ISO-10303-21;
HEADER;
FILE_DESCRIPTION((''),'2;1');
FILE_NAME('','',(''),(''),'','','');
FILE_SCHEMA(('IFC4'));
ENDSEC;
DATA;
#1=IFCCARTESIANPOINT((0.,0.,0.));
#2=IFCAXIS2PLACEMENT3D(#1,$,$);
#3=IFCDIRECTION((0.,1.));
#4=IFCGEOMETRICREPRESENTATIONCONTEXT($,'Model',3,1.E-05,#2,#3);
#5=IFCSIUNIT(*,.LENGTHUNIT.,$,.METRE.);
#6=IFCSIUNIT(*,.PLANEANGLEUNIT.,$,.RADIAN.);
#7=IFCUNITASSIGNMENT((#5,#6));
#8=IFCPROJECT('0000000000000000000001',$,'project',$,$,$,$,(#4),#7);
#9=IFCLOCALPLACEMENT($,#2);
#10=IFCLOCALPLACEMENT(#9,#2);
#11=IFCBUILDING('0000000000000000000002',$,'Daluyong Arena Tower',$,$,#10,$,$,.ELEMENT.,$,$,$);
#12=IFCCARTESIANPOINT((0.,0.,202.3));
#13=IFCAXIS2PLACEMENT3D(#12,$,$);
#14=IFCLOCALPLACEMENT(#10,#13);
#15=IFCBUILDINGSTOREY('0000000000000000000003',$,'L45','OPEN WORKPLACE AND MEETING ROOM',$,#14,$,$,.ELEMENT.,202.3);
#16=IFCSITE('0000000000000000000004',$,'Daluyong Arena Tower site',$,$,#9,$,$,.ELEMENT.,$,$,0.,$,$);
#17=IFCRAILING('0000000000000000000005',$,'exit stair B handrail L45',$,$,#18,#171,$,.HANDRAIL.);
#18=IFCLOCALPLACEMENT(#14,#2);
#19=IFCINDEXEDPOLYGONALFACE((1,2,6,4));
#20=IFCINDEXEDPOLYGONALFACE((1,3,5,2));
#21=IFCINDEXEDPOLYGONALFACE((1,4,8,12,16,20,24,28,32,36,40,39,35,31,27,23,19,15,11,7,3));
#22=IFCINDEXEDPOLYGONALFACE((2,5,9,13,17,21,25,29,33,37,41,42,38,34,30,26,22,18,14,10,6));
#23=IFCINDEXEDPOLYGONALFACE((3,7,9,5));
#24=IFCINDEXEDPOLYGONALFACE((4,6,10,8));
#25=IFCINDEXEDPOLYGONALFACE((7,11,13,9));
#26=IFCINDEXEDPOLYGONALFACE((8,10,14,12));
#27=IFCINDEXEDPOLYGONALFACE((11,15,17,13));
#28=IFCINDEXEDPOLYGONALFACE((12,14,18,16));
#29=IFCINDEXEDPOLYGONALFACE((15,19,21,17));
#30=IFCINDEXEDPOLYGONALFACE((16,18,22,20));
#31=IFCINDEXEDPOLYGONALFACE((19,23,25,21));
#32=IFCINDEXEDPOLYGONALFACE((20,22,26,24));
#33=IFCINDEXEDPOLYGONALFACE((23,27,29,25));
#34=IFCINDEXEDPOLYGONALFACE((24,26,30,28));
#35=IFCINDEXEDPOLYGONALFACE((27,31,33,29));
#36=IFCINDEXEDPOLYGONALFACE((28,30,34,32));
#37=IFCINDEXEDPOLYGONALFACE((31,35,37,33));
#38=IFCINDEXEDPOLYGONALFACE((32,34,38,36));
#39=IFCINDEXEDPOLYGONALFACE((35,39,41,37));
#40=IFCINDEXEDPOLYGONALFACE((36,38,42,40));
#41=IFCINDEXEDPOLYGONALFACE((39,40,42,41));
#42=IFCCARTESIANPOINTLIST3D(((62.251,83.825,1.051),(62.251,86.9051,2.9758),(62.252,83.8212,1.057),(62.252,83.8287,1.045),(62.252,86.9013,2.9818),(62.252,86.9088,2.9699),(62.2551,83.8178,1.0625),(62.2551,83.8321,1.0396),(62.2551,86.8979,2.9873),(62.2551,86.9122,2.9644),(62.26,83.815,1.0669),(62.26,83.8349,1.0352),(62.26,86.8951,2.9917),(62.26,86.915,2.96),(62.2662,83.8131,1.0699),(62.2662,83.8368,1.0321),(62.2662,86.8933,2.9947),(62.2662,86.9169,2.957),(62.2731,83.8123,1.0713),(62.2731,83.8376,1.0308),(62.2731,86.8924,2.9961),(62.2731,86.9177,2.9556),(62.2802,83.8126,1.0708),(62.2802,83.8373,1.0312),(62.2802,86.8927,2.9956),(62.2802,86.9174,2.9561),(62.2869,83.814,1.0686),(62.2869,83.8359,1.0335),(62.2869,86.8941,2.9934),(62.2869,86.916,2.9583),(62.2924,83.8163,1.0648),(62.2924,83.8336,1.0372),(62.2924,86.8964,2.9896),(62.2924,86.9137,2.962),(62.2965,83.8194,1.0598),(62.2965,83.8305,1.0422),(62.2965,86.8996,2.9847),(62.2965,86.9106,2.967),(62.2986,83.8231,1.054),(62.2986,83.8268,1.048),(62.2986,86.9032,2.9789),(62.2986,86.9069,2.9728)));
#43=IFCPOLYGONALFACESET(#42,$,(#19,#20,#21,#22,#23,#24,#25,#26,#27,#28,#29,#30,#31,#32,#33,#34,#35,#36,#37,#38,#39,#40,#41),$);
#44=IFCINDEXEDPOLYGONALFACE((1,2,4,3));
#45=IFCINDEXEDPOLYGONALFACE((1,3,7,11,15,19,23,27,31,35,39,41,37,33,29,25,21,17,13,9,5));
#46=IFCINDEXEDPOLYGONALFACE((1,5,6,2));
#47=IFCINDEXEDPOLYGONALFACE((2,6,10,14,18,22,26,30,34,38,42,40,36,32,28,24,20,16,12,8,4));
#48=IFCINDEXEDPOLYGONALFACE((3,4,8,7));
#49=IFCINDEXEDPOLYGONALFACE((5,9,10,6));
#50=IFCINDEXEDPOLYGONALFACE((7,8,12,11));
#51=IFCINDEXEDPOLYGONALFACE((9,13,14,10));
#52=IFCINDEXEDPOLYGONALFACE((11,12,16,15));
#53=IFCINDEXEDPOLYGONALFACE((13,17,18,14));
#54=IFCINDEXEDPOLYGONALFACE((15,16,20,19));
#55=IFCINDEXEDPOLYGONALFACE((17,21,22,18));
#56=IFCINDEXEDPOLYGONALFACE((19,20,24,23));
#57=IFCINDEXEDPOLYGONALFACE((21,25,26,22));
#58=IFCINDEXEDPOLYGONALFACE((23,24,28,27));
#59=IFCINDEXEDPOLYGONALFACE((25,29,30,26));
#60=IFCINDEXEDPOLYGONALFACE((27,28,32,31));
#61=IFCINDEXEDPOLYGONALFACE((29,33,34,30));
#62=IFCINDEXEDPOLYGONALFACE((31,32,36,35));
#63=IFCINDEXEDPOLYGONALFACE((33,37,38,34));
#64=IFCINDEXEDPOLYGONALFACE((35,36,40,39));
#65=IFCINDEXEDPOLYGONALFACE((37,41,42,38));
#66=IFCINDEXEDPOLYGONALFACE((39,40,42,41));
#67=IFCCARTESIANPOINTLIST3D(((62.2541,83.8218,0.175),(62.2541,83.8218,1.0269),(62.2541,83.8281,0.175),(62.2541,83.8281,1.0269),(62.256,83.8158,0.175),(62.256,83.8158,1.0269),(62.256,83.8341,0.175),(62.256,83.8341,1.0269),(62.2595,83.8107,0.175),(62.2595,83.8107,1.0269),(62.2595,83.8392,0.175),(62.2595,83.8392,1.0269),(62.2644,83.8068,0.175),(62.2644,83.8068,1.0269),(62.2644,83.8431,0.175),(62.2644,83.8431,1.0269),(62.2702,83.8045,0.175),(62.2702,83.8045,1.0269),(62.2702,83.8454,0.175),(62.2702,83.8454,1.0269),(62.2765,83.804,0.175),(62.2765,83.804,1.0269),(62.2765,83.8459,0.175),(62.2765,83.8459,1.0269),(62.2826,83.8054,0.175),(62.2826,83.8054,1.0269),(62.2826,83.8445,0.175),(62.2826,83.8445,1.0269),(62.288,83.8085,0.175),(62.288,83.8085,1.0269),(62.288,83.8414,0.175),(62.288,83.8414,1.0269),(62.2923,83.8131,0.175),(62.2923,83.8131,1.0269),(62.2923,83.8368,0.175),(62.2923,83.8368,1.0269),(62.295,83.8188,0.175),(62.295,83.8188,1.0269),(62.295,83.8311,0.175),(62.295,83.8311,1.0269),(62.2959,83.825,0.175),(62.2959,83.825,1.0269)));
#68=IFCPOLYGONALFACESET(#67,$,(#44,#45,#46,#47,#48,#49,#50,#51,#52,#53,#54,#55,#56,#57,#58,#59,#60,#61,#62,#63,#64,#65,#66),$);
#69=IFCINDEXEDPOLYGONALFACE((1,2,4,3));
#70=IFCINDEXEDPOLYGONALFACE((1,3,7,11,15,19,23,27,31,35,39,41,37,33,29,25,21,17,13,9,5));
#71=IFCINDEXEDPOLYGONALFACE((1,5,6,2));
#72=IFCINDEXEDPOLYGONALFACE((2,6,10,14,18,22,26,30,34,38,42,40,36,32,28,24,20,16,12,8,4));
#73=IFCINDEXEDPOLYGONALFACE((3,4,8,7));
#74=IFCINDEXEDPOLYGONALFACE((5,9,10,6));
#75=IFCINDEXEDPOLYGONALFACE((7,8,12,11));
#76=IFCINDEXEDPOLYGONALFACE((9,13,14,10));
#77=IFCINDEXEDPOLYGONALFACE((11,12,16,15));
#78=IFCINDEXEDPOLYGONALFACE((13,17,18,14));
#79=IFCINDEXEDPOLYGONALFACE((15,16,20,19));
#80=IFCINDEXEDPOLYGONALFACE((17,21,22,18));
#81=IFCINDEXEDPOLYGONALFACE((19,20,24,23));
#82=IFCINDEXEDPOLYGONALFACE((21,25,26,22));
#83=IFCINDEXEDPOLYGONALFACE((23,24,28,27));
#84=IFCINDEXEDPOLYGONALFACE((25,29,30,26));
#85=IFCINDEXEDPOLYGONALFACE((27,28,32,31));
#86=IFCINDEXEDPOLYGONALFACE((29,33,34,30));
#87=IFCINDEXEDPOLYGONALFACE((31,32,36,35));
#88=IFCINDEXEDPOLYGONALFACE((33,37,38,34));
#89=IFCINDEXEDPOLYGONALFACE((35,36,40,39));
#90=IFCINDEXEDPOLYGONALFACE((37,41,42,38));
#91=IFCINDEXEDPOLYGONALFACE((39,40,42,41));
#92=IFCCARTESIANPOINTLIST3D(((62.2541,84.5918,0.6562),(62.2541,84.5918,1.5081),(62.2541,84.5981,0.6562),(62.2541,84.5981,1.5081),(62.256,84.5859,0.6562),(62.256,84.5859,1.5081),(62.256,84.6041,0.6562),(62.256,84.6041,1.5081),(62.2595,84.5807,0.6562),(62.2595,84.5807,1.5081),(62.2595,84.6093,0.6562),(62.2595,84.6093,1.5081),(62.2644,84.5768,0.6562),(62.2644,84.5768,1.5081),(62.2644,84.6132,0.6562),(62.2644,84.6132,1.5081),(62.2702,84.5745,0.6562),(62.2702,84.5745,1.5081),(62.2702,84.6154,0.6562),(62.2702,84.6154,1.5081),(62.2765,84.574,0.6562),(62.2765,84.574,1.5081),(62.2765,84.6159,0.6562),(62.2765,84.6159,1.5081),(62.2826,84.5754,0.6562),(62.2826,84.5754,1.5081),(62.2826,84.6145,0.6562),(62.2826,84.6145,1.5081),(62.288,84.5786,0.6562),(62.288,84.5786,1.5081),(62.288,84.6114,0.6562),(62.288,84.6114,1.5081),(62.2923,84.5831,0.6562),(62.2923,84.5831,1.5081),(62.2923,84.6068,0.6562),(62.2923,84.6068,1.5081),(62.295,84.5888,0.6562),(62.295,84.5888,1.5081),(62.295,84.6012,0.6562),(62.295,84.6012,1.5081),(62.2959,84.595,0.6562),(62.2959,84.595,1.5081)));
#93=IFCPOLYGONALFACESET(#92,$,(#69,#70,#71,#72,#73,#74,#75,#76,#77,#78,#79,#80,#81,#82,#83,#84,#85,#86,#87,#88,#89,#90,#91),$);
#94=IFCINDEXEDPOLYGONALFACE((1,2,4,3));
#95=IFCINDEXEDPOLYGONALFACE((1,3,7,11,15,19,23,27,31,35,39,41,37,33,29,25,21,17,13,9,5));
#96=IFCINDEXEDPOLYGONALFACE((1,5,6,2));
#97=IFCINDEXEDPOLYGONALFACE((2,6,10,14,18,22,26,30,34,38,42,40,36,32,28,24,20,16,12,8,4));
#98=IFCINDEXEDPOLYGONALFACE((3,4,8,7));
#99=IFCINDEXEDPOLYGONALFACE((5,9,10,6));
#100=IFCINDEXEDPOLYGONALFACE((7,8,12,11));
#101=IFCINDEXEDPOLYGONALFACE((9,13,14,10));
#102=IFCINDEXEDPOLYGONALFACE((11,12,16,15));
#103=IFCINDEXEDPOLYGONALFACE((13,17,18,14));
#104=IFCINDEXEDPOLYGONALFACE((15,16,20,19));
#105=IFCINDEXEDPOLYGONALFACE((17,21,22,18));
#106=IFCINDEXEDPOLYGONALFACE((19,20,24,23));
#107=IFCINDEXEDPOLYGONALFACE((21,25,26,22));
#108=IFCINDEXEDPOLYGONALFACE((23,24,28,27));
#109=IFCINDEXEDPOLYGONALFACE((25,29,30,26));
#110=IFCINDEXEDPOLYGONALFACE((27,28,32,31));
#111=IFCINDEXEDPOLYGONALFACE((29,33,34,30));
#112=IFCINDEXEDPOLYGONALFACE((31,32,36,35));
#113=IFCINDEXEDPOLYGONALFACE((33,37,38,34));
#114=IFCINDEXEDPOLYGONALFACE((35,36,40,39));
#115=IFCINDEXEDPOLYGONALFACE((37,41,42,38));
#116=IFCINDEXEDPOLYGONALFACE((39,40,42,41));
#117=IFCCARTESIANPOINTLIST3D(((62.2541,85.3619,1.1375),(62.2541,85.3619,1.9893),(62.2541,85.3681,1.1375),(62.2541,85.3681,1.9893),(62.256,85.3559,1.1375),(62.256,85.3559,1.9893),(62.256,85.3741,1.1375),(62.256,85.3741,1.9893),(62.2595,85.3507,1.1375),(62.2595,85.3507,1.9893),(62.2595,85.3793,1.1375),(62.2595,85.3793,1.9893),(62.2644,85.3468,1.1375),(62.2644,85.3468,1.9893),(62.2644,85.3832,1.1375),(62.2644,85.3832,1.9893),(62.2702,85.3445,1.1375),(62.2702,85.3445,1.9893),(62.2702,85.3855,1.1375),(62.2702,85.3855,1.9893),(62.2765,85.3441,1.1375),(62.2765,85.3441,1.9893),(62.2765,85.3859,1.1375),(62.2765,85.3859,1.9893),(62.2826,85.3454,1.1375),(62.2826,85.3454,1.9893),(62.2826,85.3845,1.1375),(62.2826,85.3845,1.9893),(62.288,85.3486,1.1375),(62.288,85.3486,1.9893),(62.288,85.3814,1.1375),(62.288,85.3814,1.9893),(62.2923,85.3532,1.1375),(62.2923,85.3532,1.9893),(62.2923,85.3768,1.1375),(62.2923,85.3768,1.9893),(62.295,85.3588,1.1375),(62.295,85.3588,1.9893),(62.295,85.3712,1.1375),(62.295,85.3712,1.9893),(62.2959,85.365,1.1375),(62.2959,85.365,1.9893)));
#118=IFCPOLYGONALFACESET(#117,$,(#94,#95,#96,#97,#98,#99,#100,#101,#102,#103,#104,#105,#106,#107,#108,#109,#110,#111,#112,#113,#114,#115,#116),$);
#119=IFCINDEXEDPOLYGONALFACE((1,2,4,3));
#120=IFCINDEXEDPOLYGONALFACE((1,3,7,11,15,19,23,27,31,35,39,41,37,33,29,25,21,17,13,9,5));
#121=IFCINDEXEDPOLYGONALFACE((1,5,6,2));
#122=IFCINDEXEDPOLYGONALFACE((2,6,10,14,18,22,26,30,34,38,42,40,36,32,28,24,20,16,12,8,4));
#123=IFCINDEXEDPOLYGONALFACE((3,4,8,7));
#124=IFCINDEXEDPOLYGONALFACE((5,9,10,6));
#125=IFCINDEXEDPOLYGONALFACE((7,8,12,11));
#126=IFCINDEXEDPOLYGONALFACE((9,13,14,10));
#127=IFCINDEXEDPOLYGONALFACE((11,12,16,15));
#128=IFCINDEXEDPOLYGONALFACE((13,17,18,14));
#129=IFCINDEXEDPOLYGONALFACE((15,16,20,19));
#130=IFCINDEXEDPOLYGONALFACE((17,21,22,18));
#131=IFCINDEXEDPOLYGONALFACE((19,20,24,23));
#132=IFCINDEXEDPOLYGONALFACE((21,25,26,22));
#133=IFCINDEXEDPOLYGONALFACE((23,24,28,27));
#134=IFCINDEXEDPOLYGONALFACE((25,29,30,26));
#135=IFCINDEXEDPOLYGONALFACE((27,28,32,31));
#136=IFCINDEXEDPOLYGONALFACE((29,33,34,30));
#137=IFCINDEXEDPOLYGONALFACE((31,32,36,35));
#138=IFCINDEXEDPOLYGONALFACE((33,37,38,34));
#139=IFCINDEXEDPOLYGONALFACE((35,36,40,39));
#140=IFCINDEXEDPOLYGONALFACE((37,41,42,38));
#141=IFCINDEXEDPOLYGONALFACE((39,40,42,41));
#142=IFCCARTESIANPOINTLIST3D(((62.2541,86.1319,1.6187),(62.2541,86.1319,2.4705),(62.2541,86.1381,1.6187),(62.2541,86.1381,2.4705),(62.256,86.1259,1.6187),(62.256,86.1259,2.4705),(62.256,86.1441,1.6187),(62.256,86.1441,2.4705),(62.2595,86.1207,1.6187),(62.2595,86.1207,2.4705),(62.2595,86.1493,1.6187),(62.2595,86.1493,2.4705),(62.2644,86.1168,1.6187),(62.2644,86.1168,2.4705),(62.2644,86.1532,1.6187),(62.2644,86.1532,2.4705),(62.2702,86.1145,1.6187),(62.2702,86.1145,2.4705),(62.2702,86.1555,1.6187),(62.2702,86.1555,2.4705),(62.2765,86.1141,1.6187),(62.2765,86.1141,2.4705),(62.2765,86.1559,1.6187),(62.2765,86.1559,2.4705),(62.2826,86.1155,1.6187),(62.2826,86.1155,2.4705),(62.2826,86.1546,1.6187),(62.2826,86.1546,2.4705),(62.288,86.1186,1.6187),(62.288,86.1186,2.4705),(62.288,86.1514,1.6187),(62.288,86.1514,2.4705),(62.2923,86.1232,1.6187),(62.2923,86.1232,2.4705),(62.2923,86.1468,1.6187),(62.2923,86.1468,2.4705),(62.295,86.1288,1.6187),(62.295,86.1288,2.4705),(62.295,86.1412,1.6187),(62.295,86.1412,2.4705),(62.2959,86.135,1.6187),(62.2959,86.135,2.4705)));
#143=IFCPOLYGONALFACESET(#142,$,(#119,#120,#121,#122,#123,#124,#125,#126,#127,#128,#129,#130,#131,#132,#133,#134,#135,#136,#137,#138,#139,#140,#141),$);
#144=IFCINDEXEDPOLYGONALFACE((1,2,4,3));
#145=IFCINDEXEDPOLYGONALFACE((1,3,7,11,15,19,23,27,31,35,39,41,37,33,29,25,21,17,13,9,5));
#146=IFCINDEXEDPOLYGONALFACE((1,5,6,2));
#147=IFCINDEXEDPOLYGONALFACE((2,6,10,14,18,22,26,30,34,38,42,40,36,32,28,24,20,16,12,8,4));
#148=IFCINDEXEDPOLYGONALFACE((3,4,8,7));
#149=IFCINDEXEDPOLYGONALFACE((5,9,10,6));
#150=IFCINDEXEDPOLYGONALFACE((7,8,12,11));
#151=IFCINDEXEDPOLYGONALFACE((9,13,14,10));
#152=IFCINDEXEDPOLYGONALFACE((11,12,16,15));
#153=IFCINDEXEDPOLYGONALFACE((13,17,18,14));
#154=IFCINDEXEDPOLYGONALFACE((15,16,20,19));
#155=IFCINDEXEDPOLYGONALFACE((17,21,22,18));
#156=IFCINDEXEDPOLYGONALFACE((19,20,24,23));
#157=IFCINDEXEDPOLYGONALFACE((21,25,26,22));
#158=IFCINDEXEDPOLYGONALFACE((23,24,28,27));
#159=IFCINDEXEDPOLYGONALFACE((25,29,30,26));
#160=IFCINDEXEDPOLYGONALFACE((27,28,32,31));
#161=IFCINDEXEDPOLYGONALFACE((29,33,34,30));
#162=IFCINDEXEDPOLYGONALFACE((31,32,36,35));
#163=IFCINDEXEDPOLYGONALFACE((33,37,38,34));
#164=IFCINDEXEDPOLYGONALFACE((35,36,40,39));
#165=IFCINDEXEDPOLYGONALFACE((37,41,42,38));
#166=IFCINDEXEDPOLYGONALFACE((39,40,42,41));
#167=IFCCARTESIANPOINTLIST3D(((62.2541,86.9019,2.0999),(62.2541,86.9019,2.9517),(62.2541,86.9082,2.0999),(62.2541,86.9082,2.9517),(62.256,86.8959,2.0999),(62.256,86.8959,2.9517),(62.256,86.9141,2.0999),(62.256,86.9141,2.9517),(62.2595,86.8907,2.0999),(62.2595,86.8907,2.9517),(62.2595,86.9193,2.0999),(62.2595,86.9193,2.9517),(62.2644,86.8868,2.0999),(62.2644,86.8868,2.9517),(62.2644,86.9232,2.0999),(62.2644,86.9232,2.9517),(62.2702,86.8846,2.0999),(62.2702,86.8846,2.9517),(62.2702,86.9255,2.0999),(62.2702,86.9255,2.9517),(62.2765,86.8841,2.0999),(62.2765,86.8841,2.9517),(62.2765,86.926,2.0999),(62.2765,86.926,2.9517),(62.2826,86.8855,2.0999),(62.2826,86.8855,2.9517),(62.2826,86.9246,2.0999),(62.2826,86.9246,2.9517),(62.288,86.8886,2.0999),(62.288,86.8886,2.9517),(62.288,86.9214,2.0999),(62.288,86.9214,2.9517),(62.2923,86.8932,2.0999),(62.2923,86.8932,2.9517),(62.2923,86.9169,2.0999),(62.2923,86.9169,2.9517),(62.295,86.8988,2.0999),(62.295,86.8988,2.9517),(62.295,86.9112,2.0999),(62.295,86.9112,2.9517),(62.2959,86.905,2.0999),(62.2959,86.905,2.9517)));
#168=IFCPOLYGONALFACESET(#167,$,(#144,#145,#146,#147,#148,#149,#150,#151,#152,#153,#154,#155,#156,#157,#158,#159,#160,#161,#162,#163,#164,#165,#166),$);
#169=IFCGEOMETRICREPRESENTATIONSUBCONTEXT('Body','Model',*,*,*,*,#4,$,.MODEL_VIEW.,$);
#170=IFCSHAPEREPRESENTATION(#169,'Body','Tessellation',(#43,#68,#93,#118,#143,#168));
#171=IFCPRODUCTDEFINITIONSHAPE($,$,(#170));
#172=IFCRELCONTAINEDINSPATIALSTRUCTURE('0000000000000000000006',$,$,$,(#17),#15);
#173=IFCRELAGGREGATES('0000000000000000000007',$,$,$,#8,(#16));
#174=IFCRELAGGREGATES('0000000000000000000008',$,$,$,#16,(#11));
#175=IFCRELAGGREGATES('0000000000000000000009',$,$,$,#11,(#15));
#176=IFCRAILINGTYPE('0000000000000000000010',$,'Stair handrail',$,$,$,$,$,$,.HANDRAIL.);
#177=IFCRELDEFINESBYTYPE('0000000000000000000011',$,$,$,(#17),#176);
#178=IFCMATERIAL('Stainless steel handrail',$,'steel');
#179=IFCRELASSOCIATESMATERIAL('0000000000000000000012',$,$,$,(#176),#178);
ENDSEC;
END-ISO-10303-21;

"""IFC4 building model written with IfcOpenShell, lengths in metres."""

from ifc_helpers import new_model, si_unit, direction, frame, origin, origin_2d, place, context, subcontext, project, spatial, circle, extrude, material, type_object, element, save


model = new_model("IFC4")

# Units and contexts
model_context = context("Model", 3, precision=1e-05, world=origin(), true_north=direction((0.0, 1.0)))
body_context = subcontext(model_context, "Body", "Model", "MODEL_VIEW")
ifc_project = project(units=[si_unit("LENGTHUNIT", "METRE"), si_unit("PLANEANGLEUNIT", "RADIAN")], contexts=[model_context])

# Site, building, storey
site_placement = place(None, origin())
site = spatial("IfcSite", under=ifc_project, at=site_placement, Name="Daluyong Arena Tower site", CompositionType="ELEMENT", RefElevation=0.0)
building_placement = place(site_placement, origin())
building = spatial("IfcBuilding", under=site, at=building_placement, Name="Daluyong Arena Tower", CompositionType="ELEMENT")
storey_placement = place(building_placement, frame((0.0, 0.0, 202.3)))
storey = spatial("IfcBuildingStorey", under=building, at=storey_placement, Name="L45", Description="OPEN WORKPLACE AND MEETING ROOM", CompositionType="ELEMENT", Elevation=202.3)

# Railing
ifc_material_1 = material(Name="Stainless steel handrail", Category="steel")
railing_type_1 = type_object("IfcRailingType", Name="Stair handrail", PredefinedType="HANDRAIL", material=ifc_material_1)
railing_1_placement = place(storey_placement, frame((62.2749, 83.825, 0.175)))
element("IfcRailing", 1, at=railing_1_placement, inside=storey, type_object=railing_type_1, Name="exit stair B handrail L45", PredefinedType="HANDRAIL", context=body_context, shape_type="SweptSolid", body=[
    extrude(circle(Radius=0.0239, at=origin_2d()), frame((0.0, 0.0, 0.876), z_axis=(0.0, 0.848029, 0.529951), x_axis=(-1.0, 0.0, 0.0)), (0.0, 0.0, 1.0), 3.6321),
    extrude(circle(Radius=0.021, at=origin_2d()), origin(), (0.0, 0.0, 1.0), 0.8518),
    extrude(circle(Radius=0.021, at=origin_2d()), frame((0.0, 0.77, 0.4812)), (0.0, 0.0, 1.0), 0.8518),
    extrude(circle(Radius=0.021, at=origin_2d()), frame((0.0, 1.54, 0.9624)), (0.0, 0.0, 1.0), 0.8518),
    extrude(circle(Radius=0.021, at=origin_2d()), frame((0.0, 2.3101, 1.4436)), (0.0, 0.0, 1.0), 0.8518),
    extrude(circle(Radius=0.021, at=origin_2d()), frame((0.0, 3.0801, 1.9248)), (0.0, 0.0, 1.0), 0.8518),
])

save(model, "model.ifc")
